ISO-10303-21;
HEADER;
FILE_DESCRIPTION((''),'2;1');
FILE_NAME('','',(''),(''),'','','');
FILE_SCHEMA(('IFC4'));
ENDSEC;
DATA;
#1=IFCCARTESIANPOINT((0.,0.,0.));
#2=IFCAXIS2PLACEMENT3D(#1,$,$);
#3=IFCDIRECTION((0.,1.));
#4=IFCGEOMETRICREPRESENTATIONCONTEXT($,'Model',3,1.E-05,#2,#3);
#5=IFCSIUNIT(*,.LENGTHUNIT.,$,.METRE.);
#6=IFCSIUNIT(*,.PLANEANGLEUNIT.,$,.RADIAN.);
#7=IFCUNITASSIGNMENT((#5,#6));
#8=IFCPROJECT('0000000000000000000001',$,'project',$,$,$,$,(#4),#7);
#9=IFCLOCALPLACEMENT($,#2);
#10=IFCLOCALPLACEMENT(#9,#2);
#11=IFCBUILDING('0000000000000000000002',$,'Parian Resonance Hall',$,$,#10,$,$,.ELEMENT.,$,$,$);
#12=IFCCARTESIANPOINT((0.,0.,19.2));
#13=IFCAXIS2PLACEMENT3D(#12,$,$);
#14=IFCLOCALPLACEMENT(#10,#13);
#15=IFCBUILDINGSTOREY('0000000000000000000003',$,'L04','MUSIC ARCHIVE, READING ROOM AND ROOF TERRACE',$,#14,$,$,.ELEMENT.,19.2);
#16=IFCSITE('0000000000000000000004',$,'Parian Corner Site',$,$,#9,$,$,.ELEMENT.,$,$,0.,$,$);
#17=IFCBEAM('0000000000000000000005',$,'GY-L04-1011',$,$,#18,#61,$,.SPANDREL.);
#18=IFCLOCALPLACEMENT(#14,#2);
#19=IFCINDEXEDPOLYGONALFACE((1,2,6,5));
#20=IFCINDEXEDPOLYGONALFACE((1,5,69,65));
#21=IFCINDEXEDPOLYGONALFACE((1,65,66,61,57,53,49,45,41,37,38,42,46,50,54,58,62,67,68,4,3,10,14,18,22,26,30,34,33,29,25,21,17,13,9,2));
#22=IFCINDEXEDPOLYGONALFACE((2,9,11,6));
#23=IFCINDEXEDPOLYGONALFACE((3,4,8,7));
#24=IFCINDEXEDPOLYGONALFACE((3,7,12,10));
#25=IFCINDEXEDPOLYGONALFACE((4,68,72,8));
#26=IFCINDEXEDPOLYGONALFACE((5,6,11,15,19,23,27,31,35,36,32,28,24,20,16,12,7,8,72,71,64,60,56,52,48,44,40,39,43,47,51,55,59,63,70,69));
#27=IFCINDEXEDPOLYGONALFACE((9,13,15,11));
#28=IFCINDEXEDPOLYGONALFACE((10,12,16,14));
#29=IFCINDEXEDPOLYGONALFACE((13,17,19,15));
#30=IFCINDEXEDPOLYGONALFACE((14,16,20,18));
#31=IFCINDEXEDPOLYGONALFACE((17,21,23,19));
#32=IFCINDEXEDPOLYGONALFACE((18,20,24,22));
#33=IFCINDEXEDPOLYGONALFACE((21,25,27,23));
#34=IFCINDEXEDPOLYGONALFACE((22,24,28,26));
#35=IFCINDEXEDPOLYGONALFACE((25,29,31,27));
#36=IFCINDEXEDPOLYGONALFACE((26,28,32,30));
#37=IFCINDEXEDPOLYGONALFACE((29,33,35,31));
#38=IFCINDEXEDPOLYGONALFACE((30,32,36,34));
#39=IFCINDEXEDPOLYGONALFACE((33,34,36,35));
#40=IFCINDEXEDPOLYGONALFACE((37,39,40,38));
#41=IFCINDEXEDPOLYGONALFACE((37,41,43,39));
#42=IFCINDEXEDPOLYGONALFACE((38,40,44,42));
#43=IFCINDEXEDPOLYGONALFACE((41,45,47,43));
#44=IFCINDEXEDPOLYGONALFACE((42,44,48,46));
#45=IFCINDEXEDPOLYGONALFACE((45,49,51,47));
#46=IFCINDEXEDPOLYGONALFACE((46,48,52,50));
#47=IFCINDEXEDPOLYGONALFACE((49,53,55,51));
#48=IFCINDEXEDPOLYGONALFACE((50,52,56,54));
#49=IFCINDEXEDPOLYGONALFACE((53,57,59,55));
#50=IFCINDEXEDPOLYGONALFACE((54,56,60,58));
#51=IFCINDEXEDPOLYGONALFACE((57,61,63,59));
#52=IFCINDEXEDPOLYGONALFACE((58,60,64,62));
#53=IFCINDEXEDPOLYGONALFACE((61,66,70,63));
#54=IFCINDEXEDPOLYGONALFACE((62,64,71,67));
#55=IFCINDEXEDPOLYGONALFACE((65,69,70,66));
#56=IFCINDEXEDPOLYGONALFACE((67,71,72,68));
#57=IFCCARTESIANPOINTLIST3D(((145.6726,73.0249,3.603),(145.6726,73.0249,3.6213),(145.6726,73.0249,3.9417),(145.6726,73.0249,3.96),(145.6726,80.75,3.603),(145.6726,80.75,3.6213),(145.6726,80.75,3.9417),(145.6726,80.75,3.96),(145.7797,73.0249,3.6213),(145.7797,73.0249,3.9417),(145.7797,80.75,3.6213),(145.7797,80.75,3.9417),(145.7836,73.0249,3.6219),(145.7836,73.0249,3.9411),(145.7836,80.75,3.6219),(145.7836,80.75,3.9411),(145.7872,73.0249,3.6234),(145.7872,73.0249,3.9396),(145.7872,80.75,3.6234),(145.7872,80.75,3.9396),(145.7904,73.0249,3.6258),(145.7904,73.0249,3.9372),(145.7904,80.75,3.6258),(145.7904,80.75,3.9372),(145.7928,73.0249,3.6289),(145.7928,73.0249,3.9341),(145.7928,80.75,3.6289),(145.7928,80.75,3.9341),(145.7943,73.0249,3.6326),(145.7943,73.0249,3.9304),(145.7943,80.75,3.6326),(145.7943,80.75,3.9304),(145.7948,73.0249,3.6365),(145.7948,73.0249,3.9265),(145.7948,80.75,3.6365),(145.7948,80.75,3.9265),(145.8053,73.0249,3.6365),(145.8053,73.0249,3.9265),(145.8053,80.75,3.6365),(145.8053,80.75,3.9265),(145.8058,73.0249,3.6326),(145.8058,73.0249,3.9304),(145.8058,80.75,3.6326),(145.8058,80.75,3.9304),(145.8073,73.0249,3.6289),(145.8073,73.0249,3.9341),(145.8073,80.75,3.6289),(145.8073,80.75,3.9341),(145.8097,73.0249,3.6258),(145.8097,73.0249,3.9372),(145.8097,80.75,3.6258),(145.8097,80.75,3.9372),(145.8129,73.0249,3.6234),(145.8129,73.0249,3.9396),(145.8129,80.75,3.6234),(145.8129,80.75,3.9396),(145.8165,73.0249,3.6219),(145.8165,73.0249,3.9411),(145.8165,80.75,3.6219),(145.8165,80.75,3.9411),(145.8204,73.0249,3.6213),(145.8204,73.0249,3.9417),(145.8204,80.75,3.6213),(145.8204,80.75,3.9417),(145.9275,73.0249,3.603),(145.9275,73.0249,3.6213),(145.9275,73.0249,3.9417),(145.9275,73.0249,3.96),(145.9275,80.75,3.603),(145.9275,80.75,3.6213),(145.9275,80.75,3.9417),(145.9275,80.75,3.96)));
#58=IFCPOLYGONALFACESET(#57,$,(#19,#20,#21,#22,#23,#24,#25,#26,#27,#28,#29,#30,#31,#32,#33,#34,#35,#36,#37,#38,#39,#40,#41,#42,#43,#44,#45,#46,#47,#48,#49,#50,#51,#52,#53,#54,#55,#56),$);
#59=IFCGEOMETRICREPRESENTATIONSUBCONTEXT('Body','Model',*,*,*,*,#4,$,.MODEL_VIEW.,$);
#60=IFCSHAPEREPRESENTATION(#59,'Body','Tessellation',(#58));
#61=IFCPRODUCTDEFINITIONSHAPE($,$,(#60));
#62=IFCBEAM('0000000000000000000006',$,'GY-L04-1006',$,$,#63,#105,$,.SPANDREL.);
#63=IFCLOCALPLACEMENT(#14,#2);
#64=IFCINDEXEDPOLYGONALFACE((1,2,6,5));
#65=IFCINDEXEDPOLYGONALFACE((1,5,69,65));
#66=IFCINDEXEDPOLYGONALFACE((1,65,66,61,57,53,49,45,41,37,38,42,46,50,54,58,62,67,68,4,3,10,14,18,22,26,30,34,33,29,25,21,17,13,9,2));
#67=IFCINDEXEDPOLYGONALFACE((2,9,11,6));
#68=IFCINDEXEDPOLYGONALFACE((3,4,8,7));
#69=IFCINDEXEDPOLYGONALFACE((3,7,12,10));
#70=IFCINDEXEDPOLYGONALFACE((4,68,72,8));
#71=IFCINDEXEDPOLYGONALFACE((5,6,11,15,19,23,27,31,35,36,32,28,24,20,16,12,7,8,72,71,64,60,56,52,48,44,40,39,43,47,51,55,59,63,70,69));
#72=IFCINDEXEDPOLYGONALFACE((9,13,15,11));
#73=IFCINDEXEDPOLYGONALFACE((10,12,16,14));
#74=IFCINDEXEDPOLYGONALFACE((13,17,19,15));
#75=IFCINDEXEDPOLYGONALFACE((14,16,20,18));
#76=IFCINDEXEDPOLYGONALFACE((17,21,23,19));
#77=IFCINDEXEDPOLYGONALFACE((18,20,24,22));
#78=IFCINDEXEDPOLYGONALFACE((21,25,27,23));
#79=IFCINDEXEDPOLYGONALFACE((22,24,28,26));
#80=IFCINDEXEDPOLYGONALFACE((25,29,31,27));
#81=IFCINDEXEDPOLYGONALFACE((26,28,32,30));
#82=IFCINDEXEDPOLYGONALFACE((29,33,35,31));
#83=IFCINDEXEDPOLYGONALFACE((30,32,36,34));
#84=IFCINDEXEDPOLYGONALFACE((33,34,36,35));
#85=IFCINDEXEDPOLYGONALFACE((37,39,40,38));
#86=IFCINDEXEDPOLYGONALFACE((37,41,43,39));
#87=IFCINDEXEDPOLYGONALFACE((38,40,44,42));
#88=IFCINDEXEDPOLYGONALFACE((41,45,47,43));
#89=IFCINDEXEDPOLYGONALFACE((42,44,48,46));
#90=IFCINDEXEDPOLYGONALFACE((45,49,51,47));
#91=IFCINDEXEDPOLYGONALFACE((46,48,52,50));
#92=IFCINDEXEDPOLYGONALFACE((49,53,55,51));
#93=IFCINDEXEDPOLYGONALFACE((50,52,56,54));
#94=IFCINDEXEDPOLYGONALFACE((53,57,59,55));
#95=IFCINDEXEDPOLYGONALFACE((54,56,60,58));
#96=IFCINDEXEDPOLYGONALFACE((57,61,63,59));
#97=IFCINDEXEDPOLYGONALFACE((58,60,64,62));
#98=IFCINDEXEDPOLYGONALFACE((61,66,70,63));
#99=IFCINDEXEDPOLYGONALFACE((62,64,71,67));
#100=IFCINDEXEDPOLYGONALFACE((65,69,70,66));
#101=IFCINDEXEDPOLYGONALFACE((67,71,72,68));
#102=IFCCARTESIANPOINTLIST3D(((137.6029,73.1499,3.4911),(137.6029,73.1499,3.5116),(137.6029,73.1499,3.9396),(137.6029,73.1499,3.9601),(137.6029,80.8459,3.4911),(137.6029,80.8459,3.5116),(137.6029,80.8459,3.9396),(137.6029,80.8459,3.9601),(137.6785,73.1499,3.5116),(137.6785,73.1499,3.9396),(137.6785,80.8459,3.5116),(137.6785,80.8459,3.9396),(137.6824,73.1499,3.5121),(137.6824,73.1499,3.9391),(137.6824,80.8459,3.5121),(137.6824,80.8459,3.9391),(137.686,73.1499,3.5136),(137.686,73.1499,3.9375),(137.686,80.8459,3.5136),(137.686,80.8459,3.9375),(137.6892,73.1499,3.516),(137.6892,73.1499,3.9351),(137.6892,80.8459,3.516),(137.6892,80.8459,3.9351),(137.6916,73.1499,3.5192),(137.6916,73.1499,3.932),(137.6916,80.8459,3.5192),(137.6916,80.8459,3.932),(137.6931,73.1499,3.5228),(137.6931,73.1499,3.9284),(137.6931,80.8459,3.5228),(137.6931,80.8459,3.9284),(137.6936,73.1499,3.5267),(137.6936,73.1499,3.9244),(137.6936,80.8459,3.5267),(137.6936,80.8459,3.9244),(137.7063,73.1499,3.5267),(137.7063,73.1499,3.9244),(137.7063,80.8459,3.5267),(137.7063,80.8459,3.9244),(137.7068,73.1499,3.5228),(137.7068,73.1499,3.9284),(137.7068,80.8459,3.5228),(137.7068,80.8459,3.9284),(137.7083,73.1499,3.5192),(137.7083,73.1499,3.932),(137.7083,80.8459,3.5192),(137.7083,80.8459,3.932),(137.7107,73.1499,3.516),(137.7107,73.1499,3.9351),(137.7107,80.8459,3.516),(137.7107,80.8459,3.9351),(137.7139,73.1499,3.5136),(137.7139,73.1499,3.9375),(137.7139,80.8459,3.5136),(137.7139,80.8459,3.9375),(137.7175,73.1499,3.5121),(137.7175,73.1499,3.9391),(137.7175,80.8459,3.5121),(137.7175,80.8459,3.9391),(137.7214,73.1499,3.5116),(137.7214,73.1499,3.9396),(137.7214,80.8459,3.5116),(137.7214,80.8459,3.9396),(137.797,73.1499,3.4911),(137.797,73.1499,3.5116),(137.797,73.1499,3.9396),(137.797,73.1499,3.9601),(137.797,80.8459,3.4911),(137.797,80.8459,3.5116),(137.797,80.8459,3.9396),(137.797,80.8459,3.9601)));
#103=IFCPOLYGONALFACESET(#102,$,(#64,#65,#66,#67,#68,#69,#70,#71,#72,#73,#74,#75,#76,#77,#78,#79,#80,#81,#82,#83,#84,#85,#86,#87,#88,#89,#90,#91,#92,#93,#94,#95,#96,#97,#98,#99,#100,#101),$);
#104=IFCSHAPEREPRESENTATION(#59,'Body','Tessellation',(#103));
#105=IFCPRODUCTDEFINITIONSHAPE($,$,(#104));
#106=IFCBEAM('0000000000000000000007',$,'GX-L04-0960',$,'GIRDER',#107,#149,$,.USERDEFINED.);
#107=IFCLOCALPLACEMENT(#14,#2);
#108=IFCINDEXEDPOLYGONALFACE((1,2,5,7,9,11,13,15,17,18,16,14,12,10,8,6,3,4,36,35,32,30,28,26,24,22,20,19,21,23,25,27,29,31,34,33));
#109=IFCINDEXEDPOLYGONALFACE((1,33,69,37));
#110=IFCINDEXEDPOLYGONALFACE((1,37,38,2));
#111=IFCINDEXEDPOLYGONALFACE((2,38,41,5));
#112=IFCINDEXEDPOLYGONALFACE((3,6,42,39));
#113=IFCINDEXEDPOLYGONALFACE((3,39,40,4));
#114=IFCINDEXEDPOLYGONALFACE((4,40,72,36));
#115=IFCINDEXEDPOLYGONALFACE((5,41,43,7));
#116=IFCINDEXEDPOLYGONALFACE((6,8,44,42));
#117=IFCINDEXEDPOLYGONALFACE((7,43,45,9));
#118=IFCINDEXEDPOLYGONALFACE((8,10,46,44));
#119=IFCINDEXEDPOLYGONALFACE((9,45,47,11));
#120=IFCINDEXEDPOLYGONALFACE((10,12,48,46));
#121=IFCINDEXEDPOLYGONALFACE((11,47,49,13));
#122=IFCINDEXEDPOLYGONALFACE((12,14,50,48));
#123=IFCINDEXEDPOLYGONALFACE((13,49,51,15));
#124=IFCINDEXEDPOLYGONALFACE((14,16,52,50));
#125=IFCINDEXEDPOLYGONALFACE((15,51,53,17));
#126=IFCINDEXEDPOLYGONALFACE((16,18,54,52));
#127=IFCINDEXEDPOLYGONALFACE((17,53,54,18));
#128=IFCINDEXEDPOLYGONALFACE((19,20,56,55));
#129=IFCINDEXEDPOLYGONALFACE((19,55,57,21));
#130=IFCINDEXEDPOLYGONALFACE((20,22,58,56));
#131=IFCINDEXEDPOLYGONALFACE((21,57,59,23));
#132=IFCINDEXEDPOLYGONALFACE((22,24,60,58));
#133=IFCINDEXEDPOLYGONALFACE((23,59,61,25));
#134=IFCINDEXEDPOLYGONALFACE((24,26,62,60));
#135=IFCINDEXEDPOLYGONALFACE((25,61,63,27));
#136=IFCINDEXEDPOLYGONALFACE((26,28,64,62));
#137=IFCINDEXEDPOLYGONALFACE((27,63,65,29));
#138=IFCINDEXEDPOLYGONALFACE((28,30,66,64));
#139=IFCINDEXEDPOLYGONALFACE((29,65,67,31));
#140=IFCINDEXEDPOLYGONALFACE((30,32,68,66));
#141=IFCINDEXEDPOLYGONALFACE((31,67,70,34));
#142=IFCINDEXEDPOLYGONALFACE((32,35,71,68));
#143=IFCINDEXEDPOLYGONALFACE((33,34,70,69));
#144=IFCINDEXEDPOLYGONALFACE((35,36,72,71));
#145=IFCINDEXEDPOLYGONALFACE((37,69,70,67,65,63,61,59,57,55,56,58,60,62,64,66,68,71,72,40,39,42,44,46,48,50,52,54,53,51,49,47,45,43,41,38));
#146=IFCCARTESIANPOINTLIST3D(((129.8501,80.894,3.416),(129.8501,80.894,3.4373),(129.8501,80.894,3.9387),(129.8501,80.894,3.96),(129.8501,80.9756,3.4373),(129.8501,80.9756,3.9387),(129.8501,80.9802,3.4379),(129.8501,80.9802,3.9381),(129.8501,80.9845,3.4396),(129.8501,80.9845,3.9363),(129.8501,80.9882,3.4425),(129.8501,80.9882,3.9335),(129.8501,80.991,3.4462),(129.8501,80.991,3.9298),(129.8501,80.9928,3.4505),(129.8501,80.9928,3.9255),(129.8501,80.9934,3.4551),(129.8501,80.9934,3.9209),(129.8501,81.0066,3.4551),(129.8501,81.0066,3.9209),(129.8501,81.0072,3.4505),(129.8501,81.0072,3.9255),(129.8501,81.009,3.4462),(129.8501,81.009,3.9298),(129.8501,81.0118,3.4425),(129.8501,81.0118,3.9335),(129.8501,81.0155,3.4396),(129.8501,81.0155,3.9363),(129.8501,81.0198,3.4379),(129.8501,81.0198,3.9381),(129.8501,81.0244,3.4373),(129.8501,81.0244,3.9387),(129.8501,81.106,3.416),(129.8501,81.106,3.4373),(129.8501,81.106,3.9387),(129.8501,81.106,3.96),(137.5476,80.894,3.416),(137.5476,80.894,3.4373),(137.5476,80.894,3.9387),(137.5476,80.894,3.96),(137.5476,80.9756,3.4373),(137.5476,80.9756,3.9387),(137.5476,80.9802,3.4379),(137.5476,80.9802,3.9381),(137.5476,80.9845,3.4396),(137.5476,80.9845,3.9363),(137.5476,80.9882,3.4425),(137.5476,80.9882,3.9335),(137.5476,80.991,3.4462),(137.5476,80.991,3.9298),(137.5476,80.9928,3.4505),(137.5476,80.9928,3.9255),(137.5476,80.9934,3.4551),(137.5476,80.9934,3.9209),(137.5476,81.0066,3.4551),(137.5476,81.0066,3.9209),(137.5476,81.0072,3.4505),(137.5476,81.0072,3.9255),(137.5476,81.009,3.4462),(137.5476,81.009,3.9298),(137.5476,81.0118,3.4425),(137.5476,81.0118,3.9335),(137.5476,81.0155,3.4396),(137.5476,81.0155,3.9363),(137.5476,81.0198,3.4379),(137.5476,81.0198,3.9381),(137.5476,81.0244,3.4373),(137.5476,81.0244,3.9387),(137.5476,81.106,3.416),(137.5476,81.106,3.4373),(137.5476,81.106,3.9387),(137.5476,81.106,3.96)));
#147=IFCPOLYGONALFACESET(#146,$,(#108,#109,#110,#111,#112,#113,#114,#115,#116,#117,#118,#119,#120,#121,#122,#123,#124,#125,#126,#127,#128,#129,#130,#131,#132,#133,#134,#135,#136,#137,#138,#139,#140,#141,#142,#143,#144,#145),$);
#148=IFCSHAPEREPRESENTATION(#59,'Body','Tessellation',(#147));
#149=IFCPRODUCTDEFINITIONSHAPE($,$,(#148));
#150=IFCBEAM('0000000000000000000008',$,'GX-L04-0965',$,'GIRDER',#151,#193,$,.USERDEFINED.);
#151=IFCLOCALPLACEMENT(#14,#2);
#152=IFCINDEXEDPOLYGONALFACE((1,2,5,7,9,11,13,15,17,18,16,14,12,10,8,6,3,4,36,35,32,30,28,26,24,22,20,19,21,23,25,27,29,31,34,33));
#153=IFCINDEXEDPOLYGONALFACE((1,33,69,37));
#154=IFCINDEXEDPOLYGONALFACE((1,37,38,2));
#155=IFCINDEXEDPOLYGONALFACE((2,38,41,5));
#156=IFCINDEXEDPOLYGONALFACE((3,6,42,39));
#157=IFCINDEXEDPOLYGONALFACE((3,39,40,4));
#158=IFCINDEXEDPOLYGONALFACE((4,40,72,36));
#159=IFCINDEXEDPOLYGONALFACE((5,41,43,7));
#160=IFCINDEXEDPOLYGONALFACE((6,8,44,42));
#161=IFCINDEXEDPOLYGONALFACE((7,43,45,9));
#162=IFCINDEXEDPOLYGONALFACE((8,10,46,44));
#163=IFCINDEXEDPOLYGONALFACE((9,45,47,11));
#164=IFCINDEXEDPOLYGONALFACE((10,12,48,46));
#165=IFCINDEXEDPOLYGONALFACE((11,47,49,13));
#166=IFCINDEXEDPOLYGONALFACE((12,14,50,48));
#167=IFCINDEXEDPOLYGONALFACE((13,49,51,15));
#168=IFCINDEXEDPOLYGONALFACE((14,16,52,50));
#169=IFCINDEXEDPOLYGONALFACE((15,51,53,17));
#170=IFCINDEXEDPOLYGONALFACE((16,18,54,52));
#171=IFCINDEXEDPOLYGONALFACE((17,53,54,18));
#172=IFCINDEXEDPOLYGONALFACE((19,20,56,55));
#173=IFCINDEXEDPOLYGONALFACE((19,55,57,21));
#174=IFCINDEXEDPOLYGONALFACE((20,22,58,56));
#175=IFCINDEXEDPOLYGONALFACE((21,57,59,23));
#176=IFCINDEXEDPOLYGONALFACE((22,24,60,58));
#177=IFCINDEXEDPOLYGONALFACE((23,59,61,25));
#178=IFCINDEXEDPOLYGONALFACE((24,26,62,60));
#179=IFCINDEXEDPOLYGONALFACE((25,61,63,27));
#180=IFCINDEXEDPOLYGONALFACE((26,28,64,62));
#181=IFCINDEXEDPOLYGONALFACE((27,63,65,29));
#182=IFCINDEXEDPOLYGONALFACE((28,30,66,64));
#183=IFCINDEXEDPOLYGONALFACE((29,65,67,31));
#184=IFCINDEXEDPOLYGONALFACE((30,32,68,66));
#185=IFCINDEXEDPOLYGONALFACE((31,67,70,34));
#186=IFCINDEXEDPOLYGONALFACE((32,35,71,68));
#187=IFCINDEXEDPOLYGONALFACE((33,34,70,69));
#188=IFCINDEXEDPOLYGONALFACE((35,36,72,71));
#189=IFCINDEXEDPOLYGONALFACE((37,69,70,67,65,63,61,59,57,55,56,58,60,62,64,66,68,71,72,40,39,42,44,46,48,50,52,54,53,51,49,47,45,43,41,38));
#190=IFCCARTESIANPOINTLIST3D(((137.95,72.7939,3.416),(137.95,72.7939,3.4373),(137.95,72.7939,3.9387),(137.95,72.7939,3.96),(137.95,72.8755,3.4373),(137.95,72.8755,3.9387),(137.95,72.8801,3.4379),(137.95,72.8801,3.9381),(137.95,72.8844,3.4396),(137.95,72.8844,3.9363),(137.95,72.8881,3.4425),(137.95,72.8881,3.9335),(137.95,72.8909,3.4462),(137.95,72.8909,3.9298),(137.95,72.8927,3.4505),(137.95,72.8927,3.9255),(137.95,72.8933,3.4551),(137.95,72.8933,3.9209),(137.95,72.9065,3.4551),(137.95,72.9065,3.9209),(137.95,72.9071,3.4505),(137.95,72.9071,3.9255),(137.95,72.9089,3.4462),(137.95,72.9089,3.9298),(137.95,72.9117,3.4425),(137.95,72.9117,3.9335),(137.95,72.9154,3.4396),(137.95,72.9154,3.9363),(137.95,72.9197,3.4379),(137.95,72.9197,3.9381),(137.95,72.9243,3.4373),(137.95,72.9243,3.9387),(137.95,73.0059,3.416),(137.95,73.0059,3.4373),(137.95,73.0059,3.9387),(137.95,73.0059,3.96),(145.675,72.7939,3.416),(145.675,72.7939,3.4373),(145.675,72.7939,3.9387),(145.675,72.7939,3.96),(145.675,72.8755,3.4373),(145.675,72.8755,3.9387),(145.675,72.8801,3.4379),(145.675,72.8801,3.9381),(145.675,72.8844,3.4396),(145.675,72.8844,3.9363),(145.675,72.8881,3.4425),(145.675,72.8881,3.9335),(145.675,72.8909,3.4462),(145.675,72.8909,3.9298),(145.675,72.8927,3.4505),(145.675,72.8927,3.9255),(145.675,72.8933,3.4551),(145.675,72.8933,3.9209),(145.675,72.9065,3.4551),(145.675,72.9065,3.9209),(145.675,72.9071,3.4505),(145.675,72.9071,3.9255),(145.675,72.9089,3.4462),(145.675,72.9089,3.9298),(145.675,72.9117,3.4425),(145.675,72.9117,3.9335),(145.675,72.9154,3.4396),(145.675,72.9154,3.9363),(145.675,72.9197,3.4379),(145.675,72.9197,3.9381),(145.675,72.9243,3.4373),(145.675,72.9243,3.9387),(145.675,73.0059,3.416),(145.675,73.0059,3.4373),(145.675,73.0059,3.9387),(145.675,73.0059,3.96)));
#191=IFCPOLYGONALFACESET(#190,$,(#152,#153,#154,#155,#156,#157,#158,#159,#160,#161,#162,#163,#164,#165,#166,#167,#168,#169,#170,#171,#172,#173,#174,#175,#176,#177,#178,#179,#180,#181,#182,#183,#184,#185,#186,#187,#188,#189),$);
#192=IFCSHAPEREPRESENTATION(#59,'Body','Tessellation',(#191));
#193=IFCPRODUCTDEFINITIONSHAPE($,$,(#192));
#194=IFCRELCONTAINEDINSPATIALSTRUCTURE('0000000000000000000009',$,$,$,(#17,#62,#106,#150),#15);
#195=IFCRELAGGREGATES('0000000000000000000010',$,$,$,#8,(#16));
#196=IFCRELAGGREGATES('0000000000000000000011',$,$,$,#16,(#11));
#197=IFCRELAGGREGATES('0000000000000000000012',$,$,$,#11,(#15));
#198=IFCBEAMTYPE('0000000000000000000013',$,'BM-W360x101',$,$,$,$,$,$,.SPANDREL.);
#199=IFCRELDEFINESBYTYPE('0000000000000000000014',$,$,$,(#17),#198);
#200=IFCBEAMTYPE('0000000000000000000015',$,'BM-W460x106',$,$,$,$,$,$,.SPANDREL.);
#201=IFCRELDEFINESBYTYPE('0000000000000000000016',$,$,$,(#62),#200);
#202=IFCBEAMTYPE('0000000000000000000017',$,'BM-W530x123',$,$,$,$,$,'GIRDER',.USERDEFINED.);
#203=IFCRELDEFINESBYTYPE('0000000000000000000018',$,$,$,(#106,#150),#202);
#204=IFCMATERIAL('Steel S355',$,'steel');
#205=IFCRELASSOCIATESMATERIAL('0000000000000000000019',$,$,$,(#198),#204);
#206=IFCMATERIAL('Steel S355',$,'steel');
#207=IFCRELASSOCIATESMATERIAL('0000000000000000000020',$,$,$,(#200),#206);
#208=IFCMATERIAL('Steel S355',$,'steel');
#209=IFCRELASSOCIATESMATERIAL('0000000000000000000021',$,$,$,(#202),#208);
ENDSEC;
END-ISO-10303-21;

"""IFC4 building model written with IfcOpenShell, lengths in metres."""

from ifc_helpers import new_model, si_unit, direction, frame, origin, origin_2d, place, context, subcontext, project, spatial, i_section, extrude, material, material_profile, profile_set, type_object, element, save


model = new_model("IFC4")

# Units and contexts
model_context = context("Model", 3, precision=1e-05, world=origin(), true_north=direction((0.0, 1.0)))
body_context = subcontext(model_context, "Body", "Model", "MODEL_VIEW")
ifc_project = project(units=[si_unit("LENGTHUNIT", "METRE"), si_unit("PLANEANGLEUNIT", "RADIAN")], contexts=[model_context])

# Site, building, storey
site_placement = place(None, origin())
site = spatial("IfcSite", under=ifc_project, at=site_placement, Name="Parian Corner Site", CompositionType="ELEMENT", RefElevation=0.0)
building_placement = place(site_placement, origin())
building = spatial("IfcBuilding", under=site, at=building_placement, Name="Parian Resonance Hall", CompositionType="ELEMENT")
storey_placement = place(building_placement, frame((0.0, 0.0, 19.2)))
storey = spatial("IfcBuildingStorey", under=building, at=storey_placement, Name="L04", Description="MUSIC ARCHIVE, READING ROOM AND ROOF TERRACE", CompositionType="ELEMENT", Elevation=19.2)

# Beams
ifc_material_1 = material(Name="Steel S355", Category="steel")
ifc_material_profile_1 = material_profile(ifc_material_1, i_section(OverallWidth=0.2549, OverallDepth=0.3569, WebThickness=0.0105, FlangeThickness=0.0183, FilletRadius=0.0151, at=origin_2d()), Name="W360x101")
ifc_profile_set_1 = profile_set([ifc_material_profile_1], Name="Steel S355")
beam_type_1 = type_object("IfcBeamType", Name="BM-W360x101", PredefinedType="SPANDREL", material=ifc_profile_set_1)
beam_1_placement = place(storey_placement, frame((145.8, 73.0249, 3.7815), z_axis=(0.0, 1.0, 0.0), x_axis=(-1.0, 0.0, 0.0)))
element("IfcBeam", 1, at=beam_1_placement, inside=storey, type_object=beam_type_1, Name="GY-L04-1011", PredefinedType="SPANDREL", context=body_context, shape_type="SweptSolid", body=[
    extrude(i_section(OverallWidth=0.2549, OverallDepth=0.3569, WebThickness=0.0105, FlangeThickness=0.0183, FilletRadius=0.0151, at=origin_2d()), origin(), (0.0, 0.0, 1.0), 7.7251),
])
ifc_material_2 = material(Name="Steel S355", Category="steel")
ifc_material_profile_2 = material_profile(ifc_material_2, i_section(OverallWidth=0.1941, OverallDepth=0.469, WebThickness=0.0127, FlangeThickness=0.0205, FilletRadius=0.0151, at=origin_2d()), Name="W460x106")
ifc_profile_set_2 = profile_set([ifc_material_profile_2], Name="Steel S355")
beam_type_2 = type_object("IfcBeamType", Name="BM-W460x106", PredefinedType="SPANDREL", material=ifc_profile_set_2)
beam_2_placement = place(storey_placement, frame((137.7, 73.1499, 3.7256), z_axis=(0.0, 1.0, 0.0), x_axis=(-1.0, 0.0, 0.0)))
element("IfcBeam", 2, at=beam_2_placement, inside=storey, type_object=beam_type_2, Name="GY-L04-1006", PredefinedType="SPANDREL", context=body_context, shape_type="SweptSolid", body=[
    extrude(i_section(OverallWidth=0.1941, OverallDepth=0.469, WebThickness=0.0127, FlangeThickness=0.0205, FilletRadius=0.0151, at=origin_2d()), origin(), (0.0, 0.0, 1.0), 7.696),
])
ifc_material_3 = material(Name="Steel S355", Category="steel")
ifc_material_profile_3 = material_profile(ifc_material_3, i_section(OverallWidth=0.2119, OverallDepth=0.5439, WebThickness=0.0132, FlangeThickness=0.0212, FilletRadius=0.0178, at=origin_2d()), Name="W530x123")
ifc_profile_set_3 = profile_set([ifc_material_profile_3], Name="Steel S355")
beam_type_3 = type_object("IfcBeamType", Name="BM-W530x123", ElementType="GIRDER", PredefinedType="USERDEFINED", material=ifc_profile_set_3)
beam_3_placement = place(storey_placement, frame((129.8501, 81.0, 3.688), z_axis=(1.0, 0.0, 0.0), x_axis=(0.0, 1.0, 0.0)))
element("IfcBeam", 3, at=beam_3_placement, inside=storey, type_object=beam_type_3, Name="GX-L04-0960", ObjectType="GIRDER", PredefinedType="USERDEFINED", context=body_context, shape_type="SweptSolid", body=[
    extrude(i_section(OverallWidth=0.2119, OverallDepth=0.5439, WebThickness=0.0132, FlangeThickness=0.0212, FilletRadius=0.0178, at=origin_2d()), origin(), (0.0, 0.0, 1.0), 7.6975),
])
beam_4_placement = place(storey_placement, frame((137.95, 72.8999, 3.688), z_axis=(1.0, 0.0, 0.0), x_axis=(0.0, 1.0, 0.0)))
element("IfcBeam", 4, at=beam_4_placement, inside=storey, type_object=beam_type_3, Name="GX-L04-0965", ObjectType="GIRDER", PredefinedType="USERDEFINED", context=body_context, shape_type="SweptSolid", body=[
    extrude(i_section(OverallWidth=0.2119, OverallDepth=0.5439, WebThickness=0.0132, FlangeThickness=0.0212, FilletRadius=0.0178, at=origin_2d()), origin(), (0.0, 0.0, 1.0), 7.7251),
])

save(model, "model.ifc")
